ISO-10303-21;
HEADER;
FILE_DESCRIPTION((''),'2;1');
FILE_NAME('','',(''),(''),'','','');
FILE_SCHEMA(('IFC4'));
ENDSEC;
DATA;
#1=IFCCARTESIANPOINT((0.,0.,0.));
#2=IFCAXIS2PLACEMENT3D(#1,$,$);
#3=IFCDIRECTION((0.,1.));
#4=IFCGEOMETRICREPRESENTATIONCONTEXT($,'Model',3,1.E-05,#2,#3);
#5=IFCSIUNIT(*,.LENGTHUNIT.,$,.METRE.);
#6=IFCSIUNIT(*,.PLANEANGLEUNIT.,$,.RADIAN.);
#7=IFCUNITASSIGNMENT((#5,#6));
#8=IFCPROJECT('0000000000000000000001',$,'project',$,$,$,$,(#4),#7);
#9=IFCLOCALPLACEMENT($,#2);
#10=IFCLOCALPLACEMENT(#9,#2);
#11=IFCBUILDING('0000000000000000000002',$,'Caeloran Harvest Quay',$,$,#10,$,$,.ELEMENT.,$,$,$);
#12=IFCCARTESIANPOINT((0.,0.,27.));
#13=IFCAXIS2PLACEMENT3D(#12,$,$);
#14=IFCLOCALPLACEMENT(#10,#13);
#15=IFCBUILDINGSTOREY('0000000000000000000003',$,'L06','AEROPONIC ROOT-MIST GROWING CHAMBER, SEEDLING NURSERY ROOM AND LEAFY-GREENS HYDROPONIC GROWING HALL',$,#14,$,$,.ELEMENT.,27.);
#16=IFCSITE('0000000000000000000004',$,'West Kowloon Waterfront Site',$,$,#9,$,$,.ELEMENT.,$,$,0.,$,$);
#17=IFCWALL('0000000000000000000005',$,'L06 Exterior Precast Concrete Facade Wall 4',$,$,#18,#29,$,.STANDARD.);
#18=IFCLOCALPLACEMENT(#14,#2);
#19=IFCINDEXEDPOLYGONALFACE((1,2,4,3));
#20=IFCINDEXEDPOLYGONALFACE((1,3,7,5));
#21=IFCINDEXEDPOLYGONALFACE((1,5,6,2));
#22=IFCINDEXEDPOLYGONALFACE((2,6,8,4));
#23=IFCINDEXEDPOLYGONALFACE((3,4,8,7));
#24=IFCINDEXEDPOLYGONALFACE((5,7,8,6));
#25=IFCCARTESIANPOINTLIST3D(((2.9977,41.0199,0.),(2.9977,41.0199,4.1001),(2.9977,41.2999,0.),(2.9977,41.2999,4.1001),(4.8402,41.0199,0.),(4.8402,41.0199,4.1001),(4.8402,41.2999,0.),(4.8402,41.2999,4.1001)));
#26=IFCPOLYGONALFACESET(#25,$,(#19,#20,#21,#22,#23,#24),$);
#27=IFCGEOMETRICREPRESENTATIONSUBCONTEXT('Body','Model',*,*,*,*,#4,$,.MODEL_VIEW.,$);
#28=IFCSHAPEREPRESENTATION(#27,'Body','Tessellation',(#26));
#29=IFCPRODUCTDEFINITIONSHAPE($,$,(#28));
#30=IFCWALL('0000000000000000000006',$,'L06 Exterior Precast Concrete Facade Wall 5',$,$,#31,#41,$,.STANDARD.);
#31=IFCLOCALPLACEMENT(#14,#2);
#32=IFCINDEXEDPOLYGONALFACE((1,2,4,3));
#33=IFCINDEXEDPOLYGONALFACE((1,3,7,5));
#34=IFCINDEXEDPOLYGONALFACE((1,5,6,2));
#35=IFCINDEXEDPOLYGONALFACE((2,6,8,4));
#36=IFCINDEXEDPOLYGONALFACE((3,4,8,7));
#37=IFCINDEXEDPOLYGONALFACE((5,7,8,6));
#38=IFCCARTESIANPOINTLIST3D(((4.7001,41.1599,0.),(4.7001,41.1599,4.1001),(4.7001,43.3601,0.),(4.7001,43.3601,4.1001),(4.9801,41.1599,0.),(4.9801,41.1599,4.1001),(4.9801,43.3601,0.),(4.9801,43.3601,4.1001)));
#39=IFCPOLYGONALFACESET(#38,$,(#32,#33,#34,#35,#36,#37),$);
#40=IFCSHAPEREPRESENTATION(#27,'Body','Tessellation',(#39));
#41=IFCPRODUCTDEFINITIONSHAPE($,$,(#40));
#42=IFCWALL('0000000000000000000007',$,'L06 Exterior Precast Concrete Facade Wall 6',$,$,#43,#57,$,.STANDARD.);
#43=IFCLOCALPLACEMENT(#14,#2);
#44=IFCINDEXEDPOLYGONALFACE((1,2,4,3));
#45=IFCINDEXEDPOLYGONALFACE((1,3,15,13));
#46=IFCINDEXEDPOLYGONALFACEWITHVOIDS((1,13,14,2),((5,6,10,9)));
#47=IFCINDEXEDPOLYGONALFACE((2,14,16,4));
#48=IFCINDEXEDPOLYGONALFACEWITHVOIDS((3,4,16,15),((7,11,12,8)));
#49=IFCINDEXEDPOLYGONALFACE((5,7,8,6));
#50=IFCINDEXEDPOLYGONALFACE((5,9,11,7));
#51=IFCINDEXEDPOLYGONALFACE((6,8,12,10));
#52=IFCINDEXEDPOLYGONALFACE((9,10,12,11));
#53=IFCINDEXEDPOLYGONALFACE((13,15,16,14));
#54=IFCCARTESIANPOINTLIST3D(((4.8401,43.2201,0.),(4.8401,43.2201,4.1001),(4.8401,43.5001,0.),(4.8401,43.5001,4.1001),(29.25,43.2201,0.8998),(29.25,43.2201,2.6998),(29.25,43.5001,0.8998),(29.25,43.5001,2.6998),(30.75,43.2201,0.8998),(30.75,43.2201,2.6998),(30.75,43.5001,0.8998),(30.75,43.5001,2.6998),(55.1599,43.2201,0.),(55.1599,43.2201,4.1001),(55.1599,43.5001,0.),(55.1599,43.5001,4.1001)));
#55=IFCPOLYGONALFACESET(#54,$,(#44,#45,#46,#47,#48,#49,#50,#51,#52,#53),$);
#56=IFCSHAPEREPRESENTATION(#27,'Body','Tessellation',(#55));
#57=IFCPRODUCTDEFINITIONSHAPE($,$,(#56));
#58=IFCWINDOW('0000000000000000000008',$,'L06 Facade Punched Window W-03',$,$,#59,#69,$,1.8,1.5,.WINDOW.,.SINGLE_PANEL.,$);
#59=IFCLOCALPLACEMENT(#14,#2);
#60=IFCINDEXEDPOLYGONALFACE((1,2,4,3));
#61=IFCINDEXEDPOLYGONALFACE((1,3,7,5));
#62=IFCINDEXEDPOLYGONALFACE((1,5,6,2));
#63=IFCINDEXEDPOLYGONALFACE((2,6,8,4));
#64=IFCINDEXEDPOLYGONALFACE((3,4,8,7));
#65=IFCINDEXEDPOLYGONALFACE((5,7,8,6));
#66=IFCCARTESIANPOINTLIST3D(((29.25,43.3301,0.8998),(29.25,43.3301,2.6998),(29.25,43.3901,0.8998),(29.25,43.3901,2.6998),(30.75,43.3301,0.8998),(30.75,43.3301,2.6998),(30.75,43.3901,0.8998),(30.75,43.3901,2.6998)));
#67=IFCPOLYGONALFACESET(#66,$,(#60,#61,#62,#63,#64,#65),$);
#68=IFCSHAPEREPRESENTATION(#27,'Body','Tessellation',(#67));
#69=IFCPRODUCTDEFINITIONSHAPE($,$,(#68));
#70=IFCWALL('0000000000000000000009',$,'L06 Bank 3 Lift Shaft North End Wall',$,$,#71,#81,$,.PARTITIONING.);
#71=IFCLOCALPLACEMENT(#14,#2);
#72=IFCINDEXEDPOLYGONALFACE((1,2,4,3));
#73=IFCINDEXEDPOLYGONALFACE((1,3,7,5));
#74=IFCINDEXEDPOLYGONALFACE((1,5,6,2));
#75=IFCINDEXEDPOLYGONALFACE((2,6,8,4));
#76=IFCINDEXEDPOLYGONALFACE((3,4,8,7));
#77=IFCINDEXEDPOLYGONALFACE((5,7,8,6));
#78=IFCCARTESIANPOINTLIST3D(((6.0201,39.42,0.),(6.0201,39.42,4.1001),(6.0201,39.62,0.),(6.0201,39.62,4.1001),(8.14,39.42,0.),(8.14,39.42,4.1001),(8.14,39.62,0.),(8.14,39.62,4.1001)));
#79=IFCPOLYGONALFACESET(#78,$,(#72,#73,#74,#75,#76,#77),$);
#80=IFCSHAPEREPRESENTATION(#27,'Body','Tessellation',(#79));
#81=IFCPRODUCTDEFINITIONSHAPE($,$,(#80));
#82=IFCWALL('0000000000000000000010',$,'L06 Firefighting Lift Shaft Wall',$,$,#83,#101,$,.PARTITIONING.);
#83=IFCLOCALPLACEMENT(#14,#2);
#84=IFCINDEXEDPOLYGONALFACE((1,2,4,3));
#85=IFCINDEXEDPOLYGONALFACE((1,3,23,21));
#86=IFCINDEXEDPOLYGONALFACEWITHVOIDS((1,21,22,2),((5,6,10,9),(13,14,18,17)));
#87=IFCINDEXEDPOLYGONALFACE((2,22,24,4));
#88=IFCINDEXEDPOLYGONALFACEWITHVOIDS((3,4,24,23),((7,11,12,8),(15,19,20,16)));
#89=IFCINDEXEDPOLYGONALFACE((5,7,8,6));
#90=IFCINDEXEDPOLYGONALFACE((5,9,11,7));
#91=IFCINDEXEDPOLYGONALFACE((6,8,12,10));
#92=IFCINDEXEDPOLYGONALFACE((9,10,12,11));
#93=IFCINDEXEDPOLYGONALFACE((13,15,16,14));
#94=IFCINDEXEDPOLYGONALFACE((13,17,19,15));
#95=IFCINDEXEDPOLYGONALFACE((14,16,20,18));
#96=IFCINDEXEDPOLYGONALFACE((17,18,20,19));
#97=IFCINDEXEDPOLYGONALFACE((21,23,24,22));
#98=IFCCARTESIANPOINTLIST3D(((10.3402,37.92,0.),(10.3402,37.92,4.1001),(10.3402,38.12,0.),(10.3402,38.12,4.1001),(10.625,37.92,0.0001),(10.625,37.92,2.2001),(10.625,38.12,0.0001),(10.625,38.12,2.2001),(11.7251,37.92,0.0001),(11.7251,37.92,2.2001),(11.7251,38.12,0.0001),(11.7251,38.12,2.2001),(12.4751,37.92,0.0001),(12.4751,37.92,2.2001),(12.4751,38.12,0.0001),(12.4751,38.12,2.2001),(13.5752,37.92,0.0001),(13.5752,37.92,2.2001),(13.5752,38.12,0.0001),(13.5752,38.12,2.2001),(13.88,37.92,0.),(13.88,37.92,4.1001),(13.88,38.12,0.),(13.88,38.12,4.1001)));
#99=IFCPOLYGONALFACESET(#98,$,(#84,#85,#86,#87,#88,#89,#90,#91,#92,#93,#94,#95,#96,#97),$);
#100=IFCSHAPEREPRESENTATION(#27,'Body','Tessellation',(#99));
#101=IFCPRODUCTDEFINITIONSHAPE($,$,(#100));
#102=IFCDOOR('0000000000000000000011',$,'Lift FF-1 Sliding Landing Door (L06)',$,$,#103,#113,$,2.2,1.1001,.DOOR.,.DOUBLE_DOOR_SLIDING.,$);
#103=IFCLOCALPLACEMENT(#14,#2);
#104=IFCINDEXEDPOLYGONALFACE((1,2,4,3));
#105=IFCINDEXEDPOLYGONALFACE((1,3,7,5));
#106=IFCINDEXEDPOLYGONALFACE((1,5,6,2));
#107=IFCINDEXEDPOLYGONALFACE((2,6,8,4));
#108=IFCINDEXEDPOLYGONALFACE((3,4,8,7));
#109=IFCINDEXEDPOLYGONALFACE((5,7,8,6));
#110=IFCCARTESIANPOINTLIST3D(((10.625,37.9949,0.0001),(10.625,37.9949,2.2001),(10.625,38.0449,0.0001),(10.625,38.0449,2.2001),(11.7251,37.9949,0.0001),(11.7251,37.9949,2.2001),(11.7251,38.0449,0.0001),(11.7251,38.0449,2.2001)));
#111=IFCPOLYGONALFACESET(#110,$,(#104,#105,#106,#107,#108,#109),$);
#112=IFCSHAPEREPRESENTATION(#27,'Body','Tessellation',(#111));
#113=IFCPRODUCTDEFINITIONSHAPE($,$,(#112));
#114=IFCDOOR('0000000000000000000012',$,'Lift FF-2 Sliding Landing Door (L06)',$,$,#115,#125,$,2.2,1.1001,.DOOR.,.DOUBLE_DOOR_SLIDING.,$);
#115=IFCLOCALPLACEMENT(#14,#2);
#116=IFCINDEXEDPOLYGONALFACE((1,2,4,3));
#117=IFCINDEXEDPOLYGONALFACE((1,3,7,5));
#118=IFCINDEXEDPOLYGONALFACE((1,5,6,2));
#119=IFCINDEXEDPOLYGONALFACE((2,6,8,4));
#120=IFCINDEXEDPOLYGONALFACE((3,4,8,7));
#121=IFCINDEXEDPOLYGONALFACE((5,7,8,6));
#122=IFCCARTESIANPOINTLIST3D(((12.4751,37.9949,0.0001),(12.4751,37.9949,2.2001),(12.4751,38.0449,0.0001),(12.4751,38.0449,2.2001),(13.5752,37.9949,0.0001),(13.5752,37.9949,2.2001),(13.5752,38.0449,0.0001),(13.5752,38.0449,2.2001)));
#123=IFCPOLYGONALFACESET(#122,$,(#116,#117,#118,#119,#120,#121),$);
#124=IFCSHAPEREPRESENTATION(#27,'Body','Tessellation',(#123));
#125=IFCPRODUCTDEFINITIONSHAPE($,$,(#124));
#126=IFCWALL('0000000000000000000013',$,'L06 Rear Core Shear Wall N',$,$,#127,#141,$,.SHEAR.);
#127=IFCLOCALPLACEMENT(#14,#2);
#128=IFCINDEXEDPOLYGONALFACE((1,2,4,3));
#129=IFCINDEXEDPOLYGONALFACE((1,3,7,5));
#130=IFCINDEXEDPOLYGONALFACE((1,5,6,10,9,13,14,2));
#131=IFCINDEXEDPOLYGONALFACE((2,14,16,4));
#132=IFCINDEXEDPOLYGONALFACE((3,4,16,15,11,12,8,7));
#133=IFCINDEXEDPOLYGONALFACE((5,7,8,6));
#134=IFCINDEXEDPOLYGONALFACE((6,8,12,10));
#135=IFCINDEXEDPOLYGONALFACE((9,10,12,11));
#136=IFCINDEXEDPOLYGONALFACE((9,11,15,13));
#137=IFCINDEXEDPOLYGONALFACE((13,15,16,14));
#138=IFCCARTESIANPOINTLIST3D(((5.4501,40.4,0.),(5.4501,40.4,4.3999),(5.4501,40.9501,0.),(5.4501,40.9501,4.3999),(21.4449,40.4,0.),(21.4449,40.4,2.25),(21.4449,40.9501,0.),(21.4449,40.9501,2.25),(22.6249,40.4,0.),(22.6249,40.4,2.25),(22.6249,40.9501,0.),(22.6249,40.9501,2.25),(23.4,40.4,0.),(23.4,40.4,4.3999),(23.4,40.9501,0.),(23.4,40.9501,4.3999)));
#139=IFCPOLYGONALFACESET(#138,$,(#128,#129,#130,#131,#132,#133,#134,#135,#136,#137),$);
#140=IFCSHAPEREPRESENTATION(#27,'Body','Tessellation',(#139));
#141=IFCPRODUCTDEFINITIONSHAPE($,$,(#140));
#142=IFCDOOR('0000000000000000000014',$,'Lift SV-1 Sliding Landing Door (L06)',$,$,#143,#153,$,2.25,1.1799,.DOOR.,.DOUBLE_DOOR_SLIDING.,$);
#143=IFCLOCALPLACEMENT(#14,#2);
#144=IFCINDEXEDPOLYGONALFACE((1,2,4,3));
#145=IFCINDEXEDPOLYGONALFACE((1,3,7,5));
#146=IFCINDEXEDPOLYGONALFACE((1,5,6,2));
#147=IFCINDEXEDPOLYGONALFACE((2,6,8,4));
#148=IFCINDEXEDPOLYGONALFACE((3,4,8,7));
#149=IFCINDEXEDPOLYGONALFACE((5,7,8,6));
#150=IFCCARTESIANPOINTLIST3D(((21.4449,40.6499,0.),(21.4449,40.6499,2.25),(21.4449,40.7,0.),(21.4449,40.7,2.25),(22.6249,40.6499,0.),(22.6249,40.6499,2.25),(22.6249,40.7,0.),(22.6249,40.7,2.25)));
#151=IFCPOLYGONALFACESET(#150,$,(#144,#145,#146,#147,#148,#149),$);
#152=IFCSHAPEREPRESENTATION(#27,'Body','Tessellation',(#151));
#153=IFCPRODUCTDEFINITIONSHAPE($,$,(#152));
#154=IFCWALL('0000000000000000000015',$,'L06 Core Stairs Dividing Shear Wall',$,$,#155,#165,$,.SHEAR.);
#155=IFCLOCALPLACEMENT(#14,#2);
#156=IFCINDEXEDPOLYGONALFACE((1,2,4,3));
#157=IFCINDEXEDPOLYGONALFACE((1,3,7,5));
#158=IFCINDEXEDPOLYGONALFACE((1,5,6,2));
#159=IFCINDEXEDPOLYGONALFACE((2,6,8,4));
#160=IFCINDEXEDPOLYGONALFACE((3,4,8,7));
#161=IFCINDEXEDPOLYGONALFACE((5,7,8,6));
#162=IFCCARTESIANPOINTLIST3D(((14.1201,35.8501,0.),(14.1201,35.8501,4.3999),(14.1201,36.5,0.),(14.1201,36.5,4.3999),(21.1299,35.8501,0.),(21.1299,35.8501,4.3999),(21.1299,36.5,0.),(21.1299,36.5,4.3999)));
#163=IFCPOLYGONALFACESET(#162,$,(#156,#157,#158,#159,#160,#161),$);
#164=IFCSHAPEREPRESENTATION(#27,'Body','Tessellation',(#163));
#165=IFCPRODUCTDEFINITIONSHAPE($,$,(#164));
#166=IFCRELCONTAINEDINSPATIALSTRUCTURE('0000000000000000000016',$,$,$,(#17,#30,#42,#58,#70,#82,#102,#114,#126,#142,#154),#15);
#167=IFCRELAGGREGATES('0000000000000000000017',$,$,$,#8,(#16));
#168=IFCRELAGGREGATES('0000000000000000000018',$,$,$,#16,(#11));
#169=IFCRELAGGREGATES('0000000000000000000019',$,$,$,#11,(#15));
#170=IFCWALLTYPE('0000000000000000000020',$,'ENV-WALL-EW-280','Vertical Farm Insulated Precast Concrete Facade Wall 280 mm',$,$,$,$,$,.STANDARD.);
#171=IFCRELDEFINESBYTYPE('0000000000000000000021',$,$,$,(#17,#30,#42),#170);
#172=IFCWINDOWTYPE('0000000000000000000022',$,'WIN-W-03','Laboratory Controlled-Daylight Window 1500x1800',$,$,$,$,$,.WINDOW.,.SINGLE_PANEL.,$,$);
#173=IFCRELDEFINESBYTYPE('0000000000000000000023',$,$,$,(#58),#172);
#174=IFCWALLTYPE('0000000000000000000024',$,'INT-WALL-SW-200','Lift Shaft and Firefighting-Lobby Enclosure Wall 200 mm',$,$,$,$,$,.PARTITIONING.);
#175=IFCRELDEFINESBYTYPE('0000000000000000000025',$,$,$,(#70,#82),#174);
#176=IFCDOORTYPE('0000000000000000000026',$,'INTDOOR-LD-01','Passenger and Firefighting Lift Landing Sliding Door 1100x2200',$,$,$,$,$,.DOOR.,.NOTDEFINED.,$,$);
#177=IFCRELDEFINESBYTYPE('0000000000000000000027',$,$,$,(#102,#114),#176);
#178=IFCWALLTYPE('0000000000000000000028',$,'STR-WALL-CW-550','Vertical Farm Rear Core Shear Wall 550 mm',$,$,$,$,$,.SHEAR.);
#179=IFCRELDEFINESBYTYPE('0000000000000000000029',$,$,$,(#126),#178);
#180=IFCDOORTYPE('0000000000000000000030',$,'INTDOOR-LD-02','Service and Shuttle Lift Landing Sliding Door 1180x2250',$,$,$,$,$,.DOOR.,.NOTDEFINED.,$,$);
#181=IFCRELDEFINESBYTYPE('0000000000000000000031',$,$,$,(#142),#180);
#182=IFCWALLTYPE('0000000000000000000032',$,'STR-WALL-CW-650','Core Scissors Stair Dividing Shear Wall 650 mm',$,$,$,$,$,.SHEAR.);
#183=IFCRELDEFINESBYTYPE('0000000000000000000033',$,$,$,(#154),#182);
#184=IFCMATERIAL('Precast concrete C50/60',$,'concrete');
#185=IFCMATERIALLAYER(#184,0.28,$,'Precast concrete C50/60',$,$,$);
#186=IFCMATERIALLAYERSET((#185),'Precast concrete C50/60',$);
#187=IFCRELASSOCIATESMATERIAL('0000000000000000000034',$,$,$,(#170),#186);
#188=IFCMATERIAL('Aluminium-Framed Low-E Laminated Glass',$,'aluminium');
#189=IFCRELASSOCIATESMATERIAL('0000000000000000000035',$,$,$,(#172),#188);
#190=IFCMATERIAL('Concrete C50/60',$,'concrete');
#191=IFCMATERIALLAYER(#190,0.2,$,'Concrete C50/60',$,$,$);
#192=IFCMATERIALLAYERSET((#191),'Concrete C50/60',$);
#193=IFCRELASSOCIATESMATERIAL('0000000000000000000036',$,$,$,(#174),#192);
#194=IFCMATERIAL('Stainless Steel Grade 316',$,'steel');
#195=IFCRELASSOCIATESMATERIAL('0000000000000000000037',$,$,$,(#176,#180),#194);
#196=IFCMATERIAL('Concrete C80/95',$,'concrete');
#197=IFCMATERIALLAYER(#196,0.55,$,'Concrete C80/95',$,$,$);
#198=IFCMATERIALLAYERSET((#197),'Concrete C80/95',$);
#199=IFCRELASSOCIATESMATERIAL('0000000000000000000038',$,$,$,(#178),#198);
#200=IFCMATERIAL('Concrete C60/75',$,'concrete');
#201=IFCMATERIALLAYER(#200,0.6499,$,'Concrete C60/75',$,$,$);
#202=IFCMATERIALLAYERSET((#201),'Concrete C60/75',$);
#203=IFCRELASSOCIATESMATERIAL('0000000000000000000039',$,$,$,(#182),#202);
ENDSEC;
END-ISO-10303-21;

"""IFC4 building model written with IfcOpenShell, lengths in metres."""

from ifc_helpers import new_model, si_unit, direction, frame, frame_2d, origin, place, context, subcontext, project, spatial, rectangle, extrude, material, layer, layer_set, type_object, element, fill, save


model = new_model("IFC4")

# Units and contexts
model_context = context("Model", 3, precision=1e-05, world=origin(), true_north=direction((0.0, 1.0)))
body_context = subcontext(model_context, "Body", "Model", "MODEL_VIEW")
ifc_project = project(units=[si_unit("LENGTHUNIT", "METRE"), si_unit("PLANEANGLEUNIT", "RADIAN")], contexts=[model_context])

# Site, building, storey
site_placement = place(None, origin())
site = spatial("IfcSite", under=ifc_project, at=site_placement, Name="West Kowloon Waterfront Site", CompositionType="ELEMENT", RefElevation=0.0)
building_placement = place(site_placement, origin())
building = spatial("IfcBuilding", under=site, at=building_placement, Name="Caeloran Harvest Quay", CompositionType="ELEMENT")
storey_placement = place(building_placement, frame((0.0, 0.0, 27.0)))
storey = spatial("IfcBuildingStorey", under=building, at=storey_placement, Name="L06", Description="AEROPONIC ROOT-MIST GROWING CHAMBER, SEEDLING NURSERY ROOM AND LEAFY-GREENS HYDROPONIC GROWING HALL", CompositionType="ELEMENT", Elevation=27.0)

# Walls
ifc_material_1 = material(Name="Precast concrete C50/60", Category="concrete")
ifc_layer_1 = layer(ifc_material_1, 0.28, Name="Precast concrete C50/60")
ifc_layer_set_1 = layer_set([ifc_layer_1], Name="Precast concrete C50/60")
wall_type_1 = type_object("IfcWallType", Name="ENV-WALL-EW-280", Description="Vertical Farm Insulated Precast Concrete Facade Wall 280 mm", PredefinedType="STANDARD", material=ifc_layer_set_1)
wall_1_placement = place(storey_placement, frame((2.9976, 41.1599, 0.0), z_axis=(0.0, 0.0, 1.0), x_axis=(1.0, 0.0, 0.0)))
element("IfcWall", 1, at=wall_1_placement, inside=storey, type_object=wall_type_1, Name="L06 Exterior Precast Concrete Facade Wall 4", PredefinedType="STANDARD", context=body_context, shape_type="SweptSolid", body=[
    extrude(rectangle(XDim=1.8425, YDim=0.28, at=frame_2d((0.9214, 0.0))), origin(), (0.0, 0.0, 1.0), 4.1001),
])
wall_2_placement = place(storey_placement, frame((4.8401, 41.1599, 0.0), z_axis=(0.0, 0.0, 1.0), x_axis=(0.0, 1.0, 0.0)))
element("IfcWall", 2, at=wall_2_placement, inside=storey, type_object=wall_type_1, Name="L06 Exterior Precast Concrete Facade Wall 5", PredefinedType="STANDARD", context=body_context, shape_type="SweptSolid", body=[
    extrude(rectangle(XDim=2.2002, YDim=0.28, at=frame_2d((1.1001, 0.0))), origin(), (0.0, 0.0, 1.0), 4.1001),
])

# Wall, opening, window
wall_3_placement = place(storey_placement, frame((4.8401, 43.3601, 0.0), z_axis=(0.0, 0.0, 1.0), x_axis=(1.0, 0.0, 0.0)))
wall_3 = element("IfcWall", 3, at=wall_3_placement, inside=storey, type_object=wall_type_1, Name="L06 Exterior Precast Concrete Facade Wall 6", PredefinedType="STANDARD", context=body_context, shape_type="SweptSolid", body=[
    extrude(rectangle(XDim=50.3198, YDim=0.28, at=frame_2d((25.1599, 0.0))), origin(), (0.0, 0.0, 1.0), 4.1001),
])
opening_1_placement = place(wall_3_placement, frame((24.4099, 0.0, 0.8999)))
opening_1 = element("IfcOpeningElement", 4, at=opening_1_placement, cuts=wall_3, PredefinedType="OPENING", context=body_context, shape_type="SweptSolid", body=[
    extrude(rectangle(XDim=1.5, YDim=1.8, at=frame_2d((0.75, 0.8999))), frame((0.0, 0.1499, 0.0), z_axis=(0.0, -1.0, 0.0), x_axis=(1.0, 0.0, 0.0)), (0.0, 0.0, 1.0), 0.3),
])
ifc_material_2 = material(Name="Aluminium-Framed Low-E Laminated Glass", Category="aluminium")
window_type = type_object("IfcWindowType", Name="WIN-W-03", Description="Laboratory Controlled-Daylight Window 1500x1800", PartitioningType="SINGLE_PANEL", PredefinedType="WINDOW", material=ifc_material_2)
window_placement = place(opening_1_placement, origin())
window = element("IfcWindow", 5, at=window_placement, inside=storey, type_object=window_type, Name="L06 Facade Punched Window W-03", OverallHeight=1.8, OverallWidth=1.5, PartitioningType="SINGLE_PANEL", PredefinedType="WINDOW", context=body_context, shape_type="SweptSolid", body=[
    extrude(rectangle(XDim=1.5, YDim=1.8, at=frame_2d((0.75, 0.8999))), frame((0.0, 0.03, 0.0), z_axis=(0.0, -1.0, 0.0), x_axis=(1.0, 0.0, 0.0)), (0.0, 0.0, 1.0), 0.0601),
])
fill(opening_1, window)

# Wall
ifc_material_3 = material(Name="Concrete C50/60", Category="concrete")
ifc_layer_2 = layer(ifc_material_3, 0.2, Name="Concrete C50/60")
ifc_layer_set_2 = layer_set([ifc_layer_2], Name="Concrete C50/60")
wall_type_2 = type_object("IfcWallType", Name="INT-WALL-SW-200", Description="Lift Shaft and Firefighting-Lobby Enclosure Wall 200 mm", PredefinedType="PARTITIONING", material=ifc_layer_set_2)
wall_4_placement = place(storey_placement, frame((6.02, 39.52, 0.0), z_axis=(0.0, 0.0, 1.0), x_axis=(1.0, 0.0, 0.0)))
element("IfcWall", 6, at=wall_4_placement, inside=storey, type_object=wall_type_2, Name="L06 Bank 3 Lift Shaft North End Wall", PredefinedType="PARTITIONING", context=body_context, shape_type="SweptSolid", body=[
    extrude(rectangle(XDim=2.1199, YDim=0.2, at=frame_2d((1.0601, 0.0))), origin(), (0.0, 0.0, 1.0), 4.1001),
])

# Wall, openings, doors
wall_5_placement = place(storey_placement, frame((10.3401, 38.02, 0.0), z_axis=(0.0, 0.0, 1.0), x_axis=(1.0, 0.0, 0.0)))
wall_5 = element("IfcWall", 7, at=wall_5_placement, inside=storey, type_object=wall_type_2, Name="L06 Firefighting Lift Shaft Wall", PredefinedType="PARTITIONING", context=body_context, shape_type="SweptSolid", body=[
    extrude(rectangle(XDim=3.5398, YDim=0.2, at=frame_2d((1.77, 0.0))), origin(), (0.0, 0.0, 1.0), 4.1001),
])
opening_2_placement = place(wall_5_placement, frame((0.2849, 0.0, 0.0)))
opening_2 = element("IfcOpeningElement", 8, at=opening_2_placement, cuts=wall_5, PredefinedType="OPENING", context=body_context, shape_type="SweptSolid", body=[
    extrude(rectangle(XDim=1.1001, YDim=2.2, at=frame_2d((0.55, 1.1001))), frame((0.0, 0.1099, 0.0), z_axis=(0.0, -1.0, 0.0), x_axis=(1.0, 0.0, 0.0)), (0.0, 0.0, 1.0), 0.22),
])
opening_3_placement = place(wall_5_placement, frame((2.135, 0.0, 0.0)))
opening_3 = element("IfcOpeningElement", 9, at=opening_3_placement, cuts=wall_5, PredefinedType="OPENING", context=body_context, shape_type="SweptSolid", body=[
    extrude(rectangle(XDim=1.1001, YDim=2.2, at=frame_2d((0.55, 1.1001))), frame((0.0, 0.1099, 0.0), z_axis=(0.0, -1.0, 0.0), x_axis=(1.0, 0.0, 0.0)), (0.0, 0.0, 1.0), 0.22),
])
ifc_material_4 = material(Name="Stainless Steel Grade 316", Category="steel")
door_type_1 = type_object("IfcDoorType", Name="INTDOOR-LD-01", Description="Passenger and Firefighting Lift Landing Sliding Door 1100x2200", OperationType="NOTDEFINED", PredefinedType="DOOR", material=ifc_material_4)
door_1_placement = place(opening_2_placement, origin())
door_1 = element("IfcDoor", 10, at=door_1_placement, inside=storey, type_object=door_type_1, Name="Lift FF-1 Sliding Landing Door (L06)", OperationType="DOUBLE_DOOR_SLIDING", OverallHeight=2.2, OverallWidth=1.1001, PredefinedType="DOOR", context=body_context, shape_type="SweptSolid", body=[
    extrude(rectangle(XDim=1.1001, YDim=2.2, at=frame_2d((0.55, 1.1001))), frame((0.0, 0.0249, 0.0), z_axis=(0.0, -1.0, 0.0), x_axis=(1.0, 0.0, 0.0)), (0.0, 0.0, 1.0), 0.05),
])
fill(opening_2, door_1)
door_2_placement = place(opening_3_placement, origin())
door_2 = element("IfcDoor", 11, at=door_2_placement, inside=storey, type_object=door_type_1, Name="Lift FF-2 Sliding Landing Door (L06)", OperationType="DOUBLE_DOOR_SLIDING", OverallHeight=2.2, OverallWidth=1.1001, PredefinedType="DOOR", context=body_context, shape_type="SweptSolid", body=[
    extrude(rectangle(XDim=1.1001, YDim=2.2, at=frame_2d((0.55, 1.1001))), frame((0.0, 0.0249, 0.0), z_axis=(0.0, -1.0, 0.0), x_axis=(1.0, 0.0, 0.0)), (0.0, 0.0, 1.0), 0.05),
])
fill(opening_3, door_2)

# Wall, opening, door
ifc_material_5 = material(Name="Concrete C80/95", Category="concrete")
ifc_layer_3 = layer(ifc_material_5, 0.55, Name="Concrete C80/95")
ifc_layer_set_3 = layer_set([ifc_layer_3], Name="Concrete C80/95")
wall_type_3 = type_object("IfcWallType", Name="STR-WALL-CW-550", Description="Vertical Farm Rear Core Shear Wall 550 mm", PredefinedType="SHEAR", material=ifc_layer_set_3)
wall_6_placement = place(storey_placement, frame((5.45, 40.675, 0.0), z_axis=(0.0, 0.0, 1.0), x_axis=(1.0, 0.0, 0.0)))
wall_6 = element("IfcWall", 12, at=wall_6_placement, inside=storey, type_object=wall_type_3, Name="L06 Rear Core Shear Wall N", PredefinedType="SHEAR", context=body_context, shape_type="SweptSolid", body=[
    extrude(rectangle(XDim=17.95, YDim=0.55, at=frame_2d((8.9751, 0.0))), origin(), (0.0, 0.0, 1.0), 4.3999),
])
opening_4_placement = place(wall_6_placement, frame((15.9951, 0.0, 0.0)))
opening_4 = element("IfcOpeningElement", 13, at=opening_4_placement, cuts=wall_6, PredefinedType="OPENING", context=body_context, shape_type="SweptSolid", body=[
    extrude(rectangle(XDim=1.1799, YDim=2.25, at=frame_2d((0.5898, 1.125))), frame((0.0, 0.2852, 0.0), z_axis=(0.0, -1.0, 0.0), x_axis=(1.0, 0.0, 0.0)), (0.0, 0.0, 1.0), 0.5701),
])
door_type_2 = type_object("IfcDoorType", Name="INTDOOR-LD-02", Description="Service and Shuttle Lift Landing Sliding Door 1180x2250", OperationType="NOTDEFINED", PredefinedType="DOOR", material=ifc_material_4)
door_3_placement = place(opening_4_placement, origin())
door_3 = element("IfcDoor", 14, at=door_3_placement, inside=storey, type_object=door_type_2, Name="Lift SV-1 Sliding Landing Door (L06)", OperationType="DOUBLE_DOOR_SLIDING", OverallHeight=2.25, OverallWidth=1.1799, PredefinedType="DOOR", context=body_context, shape_type="SweptSolid", body=[
    extrude(rectangle(XDim=1.1799, YDim=2.25, at=frame_2d((0.5898, 1.125))), frame((0.0, 0.0249, 0.0), z_axis=(0.0, -1.0, 0.0), x_axis=(1.0, 0.0, 0.0)), (0.0, 0.0, 1.0), 0.05),
])
fill(opening_4, door_3)

# Wall
ifc_material_6 = material(Name="Concrete C60/75", Category="concrete")
ifc_layer_4 = layer(ifc_material_6, 0.6499, Name="Concrete C60/75")
ifc_layer_set_4 = layer_set([ifc_layer_4], Name="Concrete C60/75")
wall_type_4 = type_object("IfcWallType", Name="STR-WALL-CW-650", Description="Core Scissors Stair Dividing Shear Wall 650 mm", PredefinedType="SHEAR", material=ifc_layer_set_4)
wall_7_placement = place(storey_placement, frame((14.1201, 36.175, 0.0), z_axis=(0.0, 0.0, 1.0), x_axis=(1.0, 0.0, 0.0)))
element("IfcWall", 15, at=wall_7_placement, inside=storey, type_object=wall_type_4, Name="L06 Core Stairs Dividing Shear Wall", PredefinedType="SHEAR", context=body_context, shape_type="SweptSolid", body=[
    extrude(rectangle(XDim=7.0098, YDim=0.6499, at=frame_2d((3.5049, 0.0))), origin(), (0.0, 0.0, 1.0), 4.3999),
])

save(model, "model.ifc")
